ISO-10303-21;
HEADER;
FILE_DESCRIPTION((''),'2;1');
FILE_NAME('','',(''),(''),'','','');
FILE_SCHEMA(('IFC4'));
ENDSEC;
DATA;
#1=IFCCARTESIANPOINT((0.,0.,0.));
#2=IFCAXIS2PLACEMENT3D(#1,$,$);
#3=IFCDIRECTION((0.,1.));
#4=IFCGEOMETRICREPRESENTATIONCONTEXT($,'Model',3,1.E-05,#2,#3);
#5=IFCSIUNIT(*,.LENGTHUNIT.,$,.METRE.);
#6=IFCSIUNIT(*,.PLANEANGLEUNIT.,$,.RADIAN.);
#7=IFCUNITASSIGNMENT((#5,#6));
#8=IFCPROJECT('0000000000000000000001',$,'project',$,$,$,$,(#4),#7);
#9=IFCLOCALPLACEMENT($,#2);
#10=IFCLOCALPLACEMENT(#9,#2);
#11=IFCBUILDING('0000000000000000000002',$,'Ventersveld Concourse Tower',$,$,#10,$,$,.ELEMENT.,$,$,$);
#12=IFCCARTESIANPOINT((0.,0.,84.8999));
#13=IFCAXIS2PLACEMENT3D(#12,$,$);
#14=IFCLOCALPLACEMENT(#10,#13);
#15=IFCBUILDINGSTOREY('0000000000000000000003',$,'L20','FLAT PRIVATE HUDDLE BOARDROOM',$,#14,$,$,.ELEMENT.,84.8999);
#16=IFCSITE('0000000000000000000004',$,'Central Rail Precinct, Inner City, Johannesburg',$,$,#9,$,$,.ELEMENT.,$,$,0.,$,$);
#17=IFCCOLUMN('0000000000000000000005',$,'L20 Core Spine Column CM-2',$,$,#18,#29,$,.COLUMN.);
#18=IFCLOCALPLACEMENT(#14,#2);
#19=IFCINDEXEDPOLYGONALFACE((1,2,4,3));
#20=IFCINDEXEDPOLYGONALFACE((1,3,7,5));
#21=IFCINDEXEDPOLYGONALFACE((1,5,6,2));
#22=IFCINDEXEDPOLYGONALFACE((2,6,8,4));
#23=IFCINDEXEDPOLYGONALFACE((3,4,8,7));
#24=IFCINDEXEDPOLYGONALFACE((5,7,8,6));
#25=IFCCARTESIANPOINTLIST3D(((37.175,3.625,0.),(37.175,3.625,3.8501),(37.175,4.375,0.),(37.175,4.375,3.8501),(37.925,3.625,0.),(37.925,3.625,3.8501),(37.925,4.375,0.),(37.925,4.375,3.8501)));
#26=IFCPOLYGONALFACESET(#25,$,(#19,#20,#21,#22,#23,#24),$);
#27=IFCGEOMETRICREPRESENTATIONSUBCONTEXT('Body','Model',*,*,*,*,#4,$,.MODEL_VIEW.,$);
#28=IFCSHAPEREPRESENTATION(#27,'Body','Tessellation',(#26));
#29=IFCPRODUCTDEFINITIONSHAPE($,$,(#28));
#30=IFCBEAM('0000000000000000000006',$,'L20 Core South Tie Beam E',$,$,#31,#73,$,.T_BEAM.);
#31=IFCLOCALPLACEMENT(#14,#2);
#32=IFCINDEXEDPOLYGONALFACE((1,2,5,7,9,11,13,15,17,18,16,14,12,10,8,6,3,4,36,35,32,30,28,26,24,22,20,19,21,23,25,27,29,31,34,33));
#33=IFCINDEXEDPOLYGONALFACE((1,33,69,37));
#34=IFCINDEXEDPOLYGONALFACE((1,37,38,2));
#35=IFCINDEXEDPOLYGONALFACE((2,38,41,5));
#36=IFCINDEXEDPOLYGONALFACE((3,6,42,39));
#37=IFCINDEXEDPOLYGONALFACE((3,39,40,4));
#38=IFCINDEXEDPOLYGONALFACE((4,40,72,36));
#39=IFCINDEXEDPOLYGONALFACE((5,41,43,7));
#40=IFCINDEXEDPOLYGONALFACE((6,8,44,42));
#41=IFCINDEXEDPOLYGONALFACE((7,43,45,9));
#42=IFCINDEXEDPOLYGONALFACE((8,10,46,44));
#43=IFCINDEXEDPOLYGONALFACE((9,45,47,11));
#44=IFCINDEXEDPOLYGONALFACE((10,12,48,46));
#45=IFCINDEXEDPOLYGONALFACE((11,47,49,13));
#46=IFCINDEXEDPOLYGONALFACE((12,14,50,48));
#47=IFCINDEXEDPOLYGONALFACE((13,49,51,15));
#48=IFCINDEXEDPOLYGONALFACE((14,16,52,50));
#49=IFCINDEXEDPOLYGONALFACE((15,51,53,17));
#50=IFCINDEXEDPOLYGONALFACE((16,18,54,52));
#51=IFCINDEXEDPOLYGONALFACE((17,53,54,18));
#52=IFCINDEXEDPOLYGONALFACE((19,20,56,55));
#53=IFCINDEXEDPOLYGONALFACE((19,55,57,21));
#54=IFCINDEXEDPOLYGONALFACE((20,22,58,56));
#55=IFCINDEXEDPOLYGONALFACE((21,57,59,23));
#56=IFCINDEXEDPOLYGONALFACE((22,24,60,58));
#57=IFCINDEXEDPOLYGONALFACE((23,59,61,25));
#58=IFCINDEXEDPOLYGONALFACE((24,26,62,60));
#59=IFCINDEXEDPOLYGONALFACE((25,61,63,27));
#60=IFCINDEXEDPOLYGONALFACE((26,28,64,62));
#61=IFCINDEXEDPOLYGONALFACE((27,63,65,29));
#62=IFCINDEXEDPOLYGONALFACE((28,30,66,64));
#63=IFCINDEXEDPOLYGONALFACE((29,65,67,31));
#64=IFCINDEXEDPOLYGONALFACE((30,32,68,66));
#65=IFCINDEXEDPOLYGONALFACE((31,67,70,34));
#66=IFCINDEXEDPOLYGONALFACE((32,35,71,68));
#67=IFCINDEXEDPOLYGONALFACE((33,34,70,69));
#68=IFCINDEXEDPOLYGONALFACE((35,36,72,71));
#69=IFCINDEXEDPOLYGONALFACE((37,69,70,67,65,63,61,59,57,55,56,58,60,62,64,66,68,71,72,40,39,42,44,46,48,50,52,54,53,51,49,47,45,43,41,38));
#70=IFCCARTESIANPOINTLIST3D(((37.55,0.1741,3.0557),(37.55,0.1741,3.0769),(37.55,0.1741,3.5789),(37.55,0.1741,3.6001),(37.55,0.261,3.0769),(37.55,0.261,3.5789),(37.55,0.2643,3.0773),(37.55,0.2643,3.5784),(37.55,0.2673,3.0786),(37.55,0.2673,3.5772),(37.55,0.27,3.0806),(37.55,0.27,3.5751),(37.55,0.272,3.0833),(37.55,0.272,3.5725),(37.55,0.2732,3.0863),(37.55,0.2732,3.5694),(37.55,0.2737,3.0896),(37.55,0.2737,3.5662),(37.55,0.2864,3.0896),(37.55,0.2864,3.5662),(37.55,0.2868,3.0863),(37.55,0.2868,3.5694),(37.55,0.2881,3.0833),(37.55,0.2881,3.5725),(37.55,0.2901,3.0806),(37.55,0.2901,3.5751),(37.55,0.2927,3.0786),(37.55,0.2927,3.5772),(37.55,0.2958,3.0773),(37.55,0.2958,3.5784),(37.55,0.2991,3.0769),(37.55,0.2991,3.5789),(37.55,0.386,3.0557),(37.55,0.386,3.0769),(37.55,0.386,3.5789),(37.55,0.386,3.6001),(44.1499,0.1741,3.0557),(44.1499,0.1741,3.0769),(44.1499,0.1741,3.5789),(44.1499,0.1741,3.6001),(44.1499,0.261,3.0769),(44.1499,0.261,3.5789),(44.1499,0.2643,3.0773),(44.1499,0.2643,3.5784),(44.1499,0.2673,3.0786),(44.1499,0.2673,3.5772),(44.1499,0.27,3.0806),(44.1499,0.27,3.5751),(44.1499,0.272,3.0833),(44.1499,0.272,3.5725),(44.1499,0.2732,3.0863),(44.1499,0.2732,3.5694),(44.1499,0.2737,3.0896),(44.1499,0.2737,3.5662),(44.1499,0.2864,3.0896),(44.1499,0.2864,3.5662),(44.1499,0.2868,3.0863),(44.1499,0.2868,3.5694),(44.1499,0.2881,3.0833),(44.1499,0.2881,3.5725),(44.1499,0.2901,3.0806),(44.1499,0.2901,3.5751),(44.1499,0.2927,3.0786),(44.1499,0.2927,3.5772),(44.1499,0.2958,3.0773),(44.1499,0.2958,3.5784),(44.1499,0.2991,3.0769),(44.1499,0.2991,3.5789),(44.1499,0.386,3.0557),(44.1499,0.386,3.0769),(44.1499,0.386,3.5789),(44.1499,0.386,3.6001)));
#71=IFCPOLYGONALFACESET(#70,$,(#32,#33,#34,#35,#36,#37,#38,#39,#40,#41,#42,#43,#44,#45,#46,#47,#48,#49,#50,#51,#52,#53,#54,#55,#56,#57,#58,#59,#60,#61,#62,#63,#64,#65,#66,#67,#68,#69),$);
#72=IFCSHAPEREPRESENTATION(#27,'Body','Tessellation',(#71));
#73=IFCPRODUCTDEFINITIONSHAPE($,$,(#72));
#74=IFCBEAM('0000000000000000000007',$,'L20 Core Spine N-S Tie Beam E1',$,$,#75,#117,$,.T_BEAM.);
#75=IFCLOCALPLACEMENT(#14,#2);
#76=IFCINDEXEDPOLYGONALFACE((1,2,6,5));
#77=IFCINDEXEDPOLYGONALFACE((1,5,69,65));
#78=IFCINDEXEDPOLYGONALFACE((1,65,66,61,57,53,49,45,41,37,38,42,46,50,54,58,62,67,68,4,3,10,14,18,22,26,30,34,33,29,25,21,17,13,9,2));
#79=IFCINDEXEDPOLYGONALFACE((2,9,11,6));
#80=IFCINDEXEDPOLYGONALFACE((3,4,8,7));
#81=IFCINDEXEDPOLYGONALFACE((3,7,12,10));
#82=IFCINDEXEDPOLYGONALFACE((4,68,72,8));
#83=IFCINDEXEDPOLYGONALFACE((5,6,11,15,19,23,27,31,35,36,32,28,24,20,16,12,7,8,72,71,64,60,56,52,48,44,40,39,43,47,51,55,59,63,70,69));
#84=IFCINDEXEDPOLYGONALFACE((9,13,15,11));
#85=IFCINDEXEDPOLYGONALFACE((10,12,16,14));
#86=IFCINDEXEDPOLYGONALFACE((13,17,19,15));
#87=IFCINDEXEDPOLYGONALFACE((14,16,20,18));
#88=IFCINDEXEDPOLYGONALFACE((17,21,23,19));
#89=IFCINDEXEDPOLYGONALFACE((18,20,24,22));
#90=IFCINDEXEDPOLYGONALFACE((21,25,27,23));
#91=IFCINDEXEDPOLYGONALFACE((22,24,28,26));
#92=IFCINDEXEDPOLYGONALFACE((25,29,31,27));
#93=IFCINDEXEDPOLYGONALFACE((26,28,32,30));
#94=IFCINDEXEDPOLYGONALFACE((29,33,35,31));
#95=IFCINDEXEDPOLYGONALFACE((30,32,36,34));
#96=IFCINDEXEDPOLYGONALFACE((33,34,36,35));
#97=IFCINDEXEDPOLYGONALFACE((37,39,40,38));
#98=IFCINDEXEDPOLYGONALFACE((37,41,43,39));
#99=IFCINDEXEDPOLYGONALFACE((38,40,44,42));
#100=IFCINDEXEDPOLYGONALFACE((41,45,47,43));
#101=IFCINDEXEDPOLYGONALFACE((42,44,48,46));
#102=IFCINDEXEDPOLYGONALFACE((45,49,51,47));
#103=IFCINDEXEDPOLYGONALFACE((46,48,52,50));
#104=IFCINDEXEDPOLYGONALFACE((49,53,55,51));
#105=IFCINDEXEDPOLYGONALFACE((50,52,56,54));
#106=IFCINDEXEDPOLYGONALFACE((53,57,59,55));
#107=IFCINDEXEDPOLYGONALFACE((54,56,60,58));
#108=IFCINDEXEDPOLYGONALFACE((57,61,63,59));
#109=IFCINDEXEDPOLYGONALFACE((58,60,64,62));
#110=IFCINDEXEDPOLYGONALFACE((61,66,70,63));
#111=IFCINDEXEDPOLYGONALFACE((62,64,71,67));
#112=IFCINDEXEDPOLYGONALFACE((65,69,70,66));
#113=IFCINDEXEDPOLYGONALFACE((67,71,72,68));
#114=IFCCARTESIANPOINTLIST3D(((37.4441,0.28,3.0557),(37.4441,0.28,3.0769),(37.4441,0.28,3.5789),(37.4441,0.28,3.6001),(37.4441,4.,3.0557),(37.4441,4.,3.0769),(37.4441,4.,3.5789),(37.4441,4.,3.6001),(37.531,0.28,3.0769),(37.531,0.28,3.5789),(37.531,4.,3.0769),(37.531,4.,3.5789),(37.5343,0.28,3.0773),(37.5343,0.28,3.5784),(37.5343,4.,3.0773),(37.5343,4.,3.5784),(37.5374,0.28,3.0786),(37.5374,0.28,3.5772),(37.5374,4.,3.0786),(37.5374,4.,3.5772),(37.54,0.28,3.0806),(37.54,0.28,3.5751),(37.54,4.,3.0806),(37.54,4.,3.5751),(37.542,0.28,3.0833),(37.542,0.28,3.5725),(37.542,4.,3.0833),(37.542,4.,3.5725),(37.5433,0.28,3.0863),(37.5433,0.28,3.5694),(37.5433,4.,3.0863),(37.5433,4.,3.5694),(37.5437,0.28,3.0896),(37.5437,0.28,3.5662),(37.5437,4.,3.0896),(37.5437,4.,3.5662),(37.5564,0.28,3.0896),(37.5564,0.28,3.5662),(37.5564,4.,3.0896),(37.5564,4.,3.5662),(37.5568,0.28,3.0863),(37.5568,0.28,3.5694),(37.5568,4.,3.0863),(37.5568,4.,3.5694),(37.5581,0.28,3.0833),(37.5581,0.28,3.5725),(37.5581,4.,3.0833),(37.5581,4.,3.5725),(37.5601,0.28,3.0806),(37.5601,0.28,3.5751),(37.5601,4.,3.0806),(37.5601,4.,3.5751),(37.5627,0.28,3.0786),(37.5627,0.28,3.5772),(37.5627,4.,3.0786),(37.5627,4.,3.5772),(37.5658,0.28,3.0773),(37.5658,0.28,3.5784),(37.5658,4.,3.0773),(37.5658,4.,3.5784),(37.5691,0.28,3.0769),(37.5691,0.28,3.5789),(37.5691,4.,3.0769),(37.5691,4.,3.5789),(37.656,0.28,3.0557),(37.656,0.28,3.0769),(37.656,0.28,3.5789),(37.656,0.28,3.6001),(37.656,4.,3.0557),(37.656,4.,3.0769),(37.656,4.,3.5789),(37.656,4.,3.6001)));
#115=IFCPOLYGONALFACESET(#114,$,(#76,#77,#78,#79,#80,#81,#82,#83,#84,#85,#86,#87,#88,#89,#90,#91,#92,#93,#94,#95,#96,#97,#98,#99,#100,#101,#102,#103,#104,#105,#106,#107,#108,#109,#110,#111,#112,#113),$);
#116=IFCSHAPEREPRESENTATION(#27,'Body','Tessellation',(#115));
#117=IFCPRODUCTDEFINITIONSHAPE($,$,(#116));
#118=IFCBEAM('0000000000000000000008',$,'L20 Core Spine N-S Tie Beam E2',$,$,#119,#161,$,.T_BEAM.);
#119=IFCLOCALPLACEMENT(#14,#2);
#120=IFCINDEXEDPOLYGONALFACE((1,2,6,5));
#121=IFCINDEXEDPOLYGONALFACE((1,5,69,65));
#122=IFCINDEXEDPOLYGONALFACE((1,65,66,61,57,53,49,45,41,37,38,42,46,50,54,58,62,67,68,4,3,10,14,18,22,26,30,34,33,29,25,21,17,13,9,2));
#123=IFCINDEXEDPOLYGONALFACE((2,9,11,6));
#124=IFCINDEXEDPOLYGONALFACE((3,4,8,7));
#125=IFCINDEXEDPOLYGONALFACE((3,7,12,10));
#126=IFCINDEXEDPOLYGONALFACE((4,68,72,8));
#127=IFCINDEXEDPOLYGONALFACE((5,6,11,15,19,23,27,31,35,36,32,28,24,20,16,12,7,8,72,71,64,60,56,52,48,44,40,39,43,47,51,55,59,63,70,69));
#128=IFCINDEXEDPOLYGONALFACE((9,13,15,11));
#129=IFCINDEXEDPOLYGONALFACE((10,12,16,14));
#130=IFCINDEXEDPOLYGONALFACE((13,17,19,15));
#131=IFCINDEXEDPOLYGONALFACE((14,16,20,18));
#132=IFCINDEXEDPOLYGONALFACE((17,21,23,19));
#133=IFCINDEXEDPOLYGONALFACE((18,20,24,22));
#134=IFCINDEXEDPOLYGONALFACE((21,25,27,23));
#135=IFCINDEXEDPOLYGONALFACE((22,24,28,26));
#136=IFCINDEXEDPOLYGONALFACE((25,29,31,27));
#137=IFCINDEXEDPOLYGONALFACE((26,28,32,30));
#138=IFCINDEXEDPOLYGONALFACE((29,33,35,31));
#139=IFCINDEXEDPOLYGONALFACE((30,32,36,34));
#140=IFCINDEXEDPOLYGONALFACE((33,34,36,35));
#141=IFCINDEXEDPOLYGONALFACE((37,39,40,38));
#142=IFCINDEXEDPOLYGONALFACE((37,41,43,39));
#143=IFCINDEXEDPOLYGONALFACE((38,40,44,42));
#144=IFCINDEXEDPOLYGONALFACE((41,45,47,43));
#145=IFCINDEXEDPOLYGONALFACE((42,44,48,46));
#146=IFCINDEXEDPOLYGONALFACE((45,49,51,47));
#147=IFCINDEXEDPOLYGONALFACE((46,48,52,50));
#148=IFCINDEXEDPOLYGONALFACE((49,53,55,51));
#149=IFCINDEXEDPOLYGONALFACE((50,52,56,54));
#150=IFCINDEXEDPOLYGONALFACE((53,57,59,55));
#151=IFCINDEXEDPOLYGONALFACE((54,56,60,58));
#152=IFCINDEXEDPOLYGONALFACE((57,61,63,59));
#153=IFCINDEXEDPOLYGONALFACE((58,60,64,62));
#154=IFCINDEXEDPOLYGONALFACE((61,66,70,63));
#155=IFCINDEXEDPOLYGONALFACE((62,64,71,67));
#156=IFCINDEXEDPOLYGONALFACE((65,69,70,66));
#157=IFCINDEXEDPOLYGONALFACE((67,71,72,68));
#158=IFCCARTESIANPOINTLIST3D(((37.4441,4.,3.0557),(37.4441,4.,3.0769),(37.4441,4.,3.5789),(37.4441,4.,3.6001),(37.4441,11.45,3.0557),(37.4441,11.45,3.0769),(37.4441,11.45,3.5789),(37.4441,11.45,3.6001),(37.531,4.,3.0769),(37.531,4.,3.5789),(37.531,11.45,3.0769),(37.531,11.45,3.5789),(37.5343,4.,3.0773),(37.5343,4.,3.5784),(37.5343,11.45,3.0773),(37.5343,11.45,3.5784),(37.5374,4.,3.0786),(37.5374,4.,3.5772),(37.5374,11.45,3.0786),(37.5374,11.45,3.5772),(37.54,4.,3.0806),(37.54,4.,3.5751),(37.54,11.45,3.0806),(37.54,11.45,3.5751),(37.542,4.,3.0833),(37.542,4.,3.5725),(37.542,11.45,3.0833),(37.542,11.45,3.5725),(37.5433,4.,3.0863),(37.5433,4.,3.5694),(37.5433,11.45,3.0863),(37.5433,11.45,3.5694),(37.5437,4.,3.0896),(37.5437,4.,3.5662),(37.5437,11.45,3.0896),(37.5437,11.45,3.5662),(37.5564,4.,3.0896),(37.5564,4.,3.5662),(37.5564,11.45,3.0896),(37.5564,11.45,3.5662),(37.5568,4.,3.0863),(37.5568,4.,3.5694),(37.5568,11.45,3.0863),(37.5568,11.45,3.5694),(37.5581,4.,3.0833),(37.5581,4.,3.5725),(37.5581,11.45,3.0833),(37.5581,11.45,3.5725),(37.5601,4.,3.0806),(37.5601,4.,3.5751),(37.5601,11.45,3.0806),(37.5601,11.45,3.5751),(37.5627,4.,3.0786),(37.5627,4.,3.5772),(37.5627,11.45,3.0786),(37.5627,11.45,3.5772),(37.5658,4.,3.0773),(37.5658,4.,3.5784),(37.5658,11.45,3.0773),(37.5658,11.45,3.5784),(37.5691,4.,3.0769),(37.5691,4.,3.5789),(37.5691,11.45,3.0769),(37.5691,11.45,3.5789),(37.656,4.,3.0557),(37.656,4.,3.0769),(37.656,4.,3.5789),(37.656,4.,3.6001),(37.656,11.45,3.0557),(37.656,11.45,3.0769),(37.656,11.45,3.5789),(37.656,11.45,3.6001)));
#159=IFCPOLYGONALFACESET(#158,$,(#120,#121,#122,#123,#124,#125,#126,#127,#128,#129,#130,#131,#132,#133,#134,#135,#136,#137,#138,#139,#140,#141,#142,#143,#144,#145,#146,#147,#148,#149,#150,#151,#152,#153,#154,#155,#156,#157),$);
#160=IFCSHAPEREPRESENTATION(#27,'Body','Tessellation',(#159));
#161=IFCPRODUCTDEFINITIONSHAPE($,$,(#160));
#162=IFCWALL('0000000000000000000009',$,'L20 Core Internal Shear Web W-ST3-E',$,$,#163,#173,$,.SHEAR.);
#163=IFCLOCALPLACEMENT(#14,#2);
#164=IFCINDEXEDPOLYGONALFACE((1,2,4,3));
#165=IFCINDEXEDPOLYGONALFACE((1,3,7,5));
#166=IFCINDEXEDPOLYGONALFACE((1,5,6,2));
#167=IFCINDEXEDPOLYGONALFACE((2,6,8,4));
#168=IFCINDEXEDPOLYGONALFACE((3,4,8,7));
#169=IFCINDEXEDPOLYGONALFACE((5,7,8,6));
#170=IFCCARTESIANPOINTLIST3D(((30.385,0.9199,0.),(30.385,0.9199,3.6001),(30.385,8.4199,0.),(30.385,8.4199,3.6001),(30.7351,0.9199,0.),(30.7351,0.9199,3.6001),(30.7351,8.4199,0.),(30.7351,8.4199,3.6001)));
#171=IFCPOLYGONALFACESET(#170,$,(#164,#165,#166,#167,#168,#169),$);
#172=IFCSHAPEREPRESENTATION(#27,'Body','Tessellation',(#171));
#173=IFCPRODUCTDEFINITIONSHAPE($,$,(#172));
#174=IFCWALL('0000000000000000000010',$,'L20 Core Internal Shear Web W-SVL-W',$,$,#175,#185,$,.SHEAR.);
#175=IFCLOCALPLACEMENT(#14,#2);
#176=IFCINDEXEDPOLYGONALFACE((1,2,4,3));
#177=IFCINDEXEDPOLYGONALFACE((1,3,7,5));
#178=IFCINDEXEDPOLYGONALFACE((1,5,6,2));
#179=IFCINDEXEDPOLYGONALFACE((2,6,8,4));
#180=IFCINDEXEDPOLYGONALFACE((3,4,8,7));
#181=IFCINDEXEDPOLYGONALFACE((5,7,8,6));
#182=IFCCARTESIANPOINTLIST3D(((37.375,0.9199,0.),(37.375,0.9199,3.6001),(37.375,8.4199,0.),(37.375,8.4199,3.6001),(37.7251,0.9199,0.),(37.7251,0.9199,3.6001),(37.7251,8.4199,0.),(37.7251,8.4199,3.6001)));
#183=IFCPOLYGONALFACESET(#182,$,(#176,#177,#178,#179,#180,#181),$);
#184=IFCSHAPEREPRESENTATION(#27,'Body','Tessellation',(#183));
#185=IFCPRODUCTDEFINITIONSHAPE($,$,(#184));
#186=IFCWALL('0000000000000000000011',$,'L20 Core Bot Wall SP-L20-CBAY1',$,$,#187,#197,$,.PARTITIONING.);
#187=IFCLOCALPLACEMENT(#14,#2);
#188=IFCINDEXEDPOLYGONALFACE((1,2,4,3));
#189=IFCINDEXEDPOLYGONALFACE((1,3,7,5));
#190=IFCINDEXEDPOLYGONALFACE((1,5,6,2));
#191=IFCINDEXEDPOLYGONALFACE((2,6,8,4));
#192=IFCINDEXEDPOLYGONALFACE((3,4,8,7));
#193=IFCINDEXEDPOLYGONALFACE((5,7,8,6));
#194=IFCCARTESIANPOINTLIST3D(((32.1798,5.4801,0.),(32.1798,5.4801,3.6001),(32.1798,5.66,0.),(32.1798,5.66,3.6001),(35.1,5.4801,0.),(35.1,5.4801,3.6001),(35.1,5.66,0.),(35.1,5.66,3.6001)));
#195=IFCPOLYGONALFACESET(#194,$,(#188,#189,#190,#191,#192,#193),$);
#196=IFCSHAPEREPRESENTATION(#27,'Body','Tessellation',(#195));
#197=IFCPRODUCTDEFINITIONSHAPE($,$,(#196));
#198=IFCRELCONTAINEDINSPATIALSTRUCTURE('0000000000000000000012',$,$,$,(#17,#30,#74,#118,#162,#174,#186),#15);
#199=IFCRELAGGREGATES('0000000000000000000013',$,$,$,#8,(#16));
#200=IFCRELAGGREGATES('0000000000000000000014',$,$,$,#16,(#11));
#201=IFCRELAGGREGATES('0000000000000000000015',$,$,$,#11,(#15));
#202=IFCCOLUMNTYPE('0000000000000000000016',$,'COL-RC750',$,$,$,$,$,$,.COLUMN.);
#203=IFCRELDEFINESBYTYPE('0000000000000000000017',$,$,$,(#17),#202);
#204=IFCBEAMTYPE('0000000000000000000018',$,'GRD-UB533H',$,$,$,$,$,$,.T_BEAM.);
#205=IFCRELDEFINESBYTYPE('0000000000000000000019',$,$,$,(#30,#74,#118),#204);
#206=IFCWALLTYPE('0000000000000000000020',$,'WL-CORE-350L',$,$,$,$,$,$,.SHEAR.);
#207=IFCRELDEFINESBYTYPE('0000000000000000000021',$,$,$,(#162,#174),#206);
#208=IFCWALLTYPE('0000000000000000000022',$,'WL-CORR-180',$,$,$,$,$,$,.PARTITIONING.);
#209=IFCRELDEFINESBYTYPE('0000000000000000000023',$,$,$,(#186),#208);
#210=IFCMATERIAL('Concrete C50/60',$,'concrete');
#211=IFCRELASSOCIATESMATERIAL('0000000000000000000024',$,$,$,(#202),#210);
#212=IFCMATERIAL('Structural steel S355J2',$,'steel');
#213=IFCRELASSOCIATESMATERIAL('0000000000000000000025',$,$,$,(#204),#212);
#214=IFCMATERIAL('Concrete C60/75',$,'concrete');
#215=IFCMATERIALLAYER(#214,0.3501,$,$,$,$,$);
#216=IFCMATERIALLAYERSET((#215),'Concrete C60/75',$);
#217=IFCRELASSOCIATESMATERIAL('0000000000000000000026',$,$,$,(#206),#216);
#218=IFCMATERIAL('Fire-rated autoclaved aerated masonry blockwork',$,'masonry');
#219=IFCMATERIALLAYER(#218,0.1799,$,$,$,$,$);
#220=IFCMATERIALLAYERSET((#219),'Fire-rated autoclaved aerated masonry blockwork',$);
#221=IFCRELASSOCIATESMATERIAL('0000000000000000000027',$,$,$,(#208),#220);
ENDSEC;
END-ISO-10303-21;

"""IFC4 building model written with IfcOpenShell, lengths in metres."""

from ifc_helpers import new_model, si_unit, direction, frame, frame_2d, origin, origin_2d, place, context, subcontext, project, spatial, rectangle, i_section, extrude, material, layer, layer_set, material_profile, profile_set, type_object, element, save


model = new_model("IFC4")

# Units and contexts
model_context = context("Model", 3, precision=1e-05, world=origin(), true_north=direction((0.0, 1.0)))
body_context = subcontext(model_context, "Body", "Model", "MODEL_VIEW")
ifc_project = project(units=[si_unit("LENGTHUNIT", "METRE"), si_unit("PLANEANGLEUNIT", "RADIAN")], contexts=[model_context])

# Site, building, storey
site_placement = place(None, origin())
site = spatial("IfcSite", under=ifc_project, at=site_placement, Name="Central Rail Precinct, Inner City, Johannesburg", CompositionType="ELEMENT", RefElevation=0.0)
building_placement = place(site_placement, origin())
building = spatial("IfcBuilding", under=site, at=building_placement, Name="Ventersveld Concourse Tower", CompositionType="ELEMENT")
storey_placement = place(building_placement, frame((0.0, 0.0, 84.8999)))
storey = spatial("IfcBuildingStorey", under=building, at=storey_placement, Name="L20", Description="FLAT PRIVATE HUDDLE BOARDROOM", CompositionType="ELEMENT", Elevation=84.8999)

# Column
ifc_material_1 = material(Name="Concrete C50/60", Category="concrete")
ifc_material_profile_1 = material_profile(ifc_material_1, rectangle(XDim=0.75, YDim=0.75, at=origin_2d()), Name="RC 750x750")
ifc_profile_set_1 = profile_set([ifc_material_profile_1], Name="Concrete C50/60")
column_type = type_object("IfcColumnType", Name="COL-RC750", PredefinedType="COLUMN", material=ifc_profile_set_1)
column_placement = place(storey_placement, frame((37.55, 4.0, 0.0), z_axis=(0.0, 0.0, 1.0), x_axis=(1.0, 0.0, 0.0)))
element("IfcColumn", 1, at=column_placement, inside=storey, type_object=column_type, Name="L20 Core Spine Column CM-2", PredefinedType="COLUMN", context=body_context, shape_type="SweptSolid", body=[
    extrude(rectangle(XDim=0.75, YDim=0.75, at=origin_2d()), origin(), (0.0, 0.0, 1.0), 3.8501),
])

# Beams
ifc_material_2 = material(Name="Structural steel S355J2", Category="steel")
ifc_material_profile_2 = material_profile(ifc_material_2, i_section(OverallWidth=0.2119, OverallDepth=0.5444, WebThickness=0.0127, FlangeThickness=0.0212, FilletRadius=0.0127, at=origin_2d()), Name="UB 533x210x122")
ifc_profile_set_2 = profile_set([ifc_material_profile_2], Name="Structural steel S355J2")
beam_type = type_object("IfcBeamType", Name="GRD-UB533H", PredefinedType="T_BEAM", material=ifc_profile_set_2)
beam_1_placement = place(storey_placement, frame((37.55, 0.28, 3.3279), z_axis=(1.0, 0.0, 0.0), x_axis=(0.0, 1.0, 0.0)))
element("IfcBeam", 2, at=beam_1_placement, inside=storey, type_object=beam_type, Name="L20 Core South Tie Beam E", PredefinedType="T_BEAM", context=body_context, shape_type="SweptSolid", body=[
    extrude(i_section(OverallWidth=0.2119, OverallDepth=0.5444, WebThickness=0.0127, FlangeThickness=0.0212, FilletRadius=0.0127, at=origin_2d()), origin(), (0.0, 0.0, 1.0), 6.5999),
])
beam_2_placement = place(storey_placement, frame((37.55, 0.28, 3.3279), z_axis=(0.0, 1.0, 0.0), x_axis=(-1.0, 0.0, 0.0)))
element("IfcBeam", 3, at=beam_2_placement, inside=storey, type_object=beam_type, Name="L20 Core Spine N-S Tie Beam E1", PredefinedType="T_BEAM", context=body_context, shape_type="SweptSolid", body=[
    extrude(i_section(OverallWidth=0.2119, OverallDepth=0.5444, WebThickness=0.0127, FlangeThickness=0.0212, FilletRadius=0.0127, at=origin_2d()), origin(), (0.0, 0.0, 1.0), 3.72),
])
beam_3_placement = place(storey_placement, frame((37.55, 4.0, 3.3279), z_axis=(0.0, 1.0, 0.0), x_axis=(-1.0, 0.0, 0.0)))
element("IfcBeam", 4, at=beam_3_placement, inside=storey, type_object=beam_type, Name="L20 Core Spine N-S Tie Beam E2", PredefinedType="T_BEAM", context=body_context, shape_type="SweptSolid", body=[
    extrude(i_section(OverallWidth=0.2119, OverallDepth=0.5444, WebThickness=0.0127, FlangeThickness=0.0212, FilletRadius=0.0127, at=origin_2d()), origin(), (0.0, 0.0, 1.0), 7.45),
])

# Walls
ifc_material_3 = material(Name="Concrete C60/75", Category="concrete")
ifc_layer_1 = layer(ifc_material_3, 0.3501)
ifc_layer_set_1 = layer_set([ifc_layer_1], Name="Concrete C60/75")
wall_type_1 = type_object("IfcWallType", Name="WL-CORE-350L", PredefinedType="SHEAR", material=ifc_layer_set_1)
for number, where, z_axis, x_axis, name in (
    (5, (30.5601, 0.9199, 0.0), (0.0, 0.0, 1.0), (0.0, 1.0, 0.0), "L20 Core Internal Shear Web W-ST3-E"),
    (6, (37.55, 0.9199, 0.0), (0.0, 0.0, 1.0), (0.0, 1.0, 0.0), "L20 Core Internal Shear Web W-SVL-W"),
):
    element("IfcWall", number, at=place(storey_placement, frame(where, z_axis=z_axis, x_axis=x_axis)), inside=storey, type_object=wall_type_1, Name=name, PredefinedType="SHEAR", context=body_context, shape_type="SweptSolid", body=[
        extrude(rectangle(XDim=7.5, YDim=0.3501, at=frame_2d((3.75, 0.0))), origin(), (0.0, 0.0, 1.0), 3.6001),
    ])
ifc_material_4 = material(Name="Fire-rated autoclaved aerated masonry blockwork", Category="masonry")
ifc_layer_2 = layer(ifc_material_4, 0.1799)
ifc_layer_set_2 = layer_set([ifc_layer_2], Name="Fire-rated autoclaved aerated masonry blockwork")
wall_type_2 = type_object("IfcWallType", Name="WL-CORR-180", PredefinedType="PARTITIONING", material=ifc_layer_set_2)
wall_1_placement = place(storey_placement, frame((32.1799, 5.5701, 0.0), z_axis=(0.0, 0.0, 1.0), x_axis=(1.0, 0.0, 0.0)))
element("IfcWall", 7, at=wall_1_placement, inside=storey, type_object=wall_type_2, Name="L20 Core Bot Wall SP-L20-CBAY1", PredefinedType="PARTITIONING", context=body_context, shape_type="SweptSolid", body=[
    extrude(rectangle(XDim=2.9202, YDim=0.1799, at=frame_2d((1.46, 0.0))), origin(), (0.0, 0.0, 1.0), 3.6001),
])

save(model, "model.ifc")
